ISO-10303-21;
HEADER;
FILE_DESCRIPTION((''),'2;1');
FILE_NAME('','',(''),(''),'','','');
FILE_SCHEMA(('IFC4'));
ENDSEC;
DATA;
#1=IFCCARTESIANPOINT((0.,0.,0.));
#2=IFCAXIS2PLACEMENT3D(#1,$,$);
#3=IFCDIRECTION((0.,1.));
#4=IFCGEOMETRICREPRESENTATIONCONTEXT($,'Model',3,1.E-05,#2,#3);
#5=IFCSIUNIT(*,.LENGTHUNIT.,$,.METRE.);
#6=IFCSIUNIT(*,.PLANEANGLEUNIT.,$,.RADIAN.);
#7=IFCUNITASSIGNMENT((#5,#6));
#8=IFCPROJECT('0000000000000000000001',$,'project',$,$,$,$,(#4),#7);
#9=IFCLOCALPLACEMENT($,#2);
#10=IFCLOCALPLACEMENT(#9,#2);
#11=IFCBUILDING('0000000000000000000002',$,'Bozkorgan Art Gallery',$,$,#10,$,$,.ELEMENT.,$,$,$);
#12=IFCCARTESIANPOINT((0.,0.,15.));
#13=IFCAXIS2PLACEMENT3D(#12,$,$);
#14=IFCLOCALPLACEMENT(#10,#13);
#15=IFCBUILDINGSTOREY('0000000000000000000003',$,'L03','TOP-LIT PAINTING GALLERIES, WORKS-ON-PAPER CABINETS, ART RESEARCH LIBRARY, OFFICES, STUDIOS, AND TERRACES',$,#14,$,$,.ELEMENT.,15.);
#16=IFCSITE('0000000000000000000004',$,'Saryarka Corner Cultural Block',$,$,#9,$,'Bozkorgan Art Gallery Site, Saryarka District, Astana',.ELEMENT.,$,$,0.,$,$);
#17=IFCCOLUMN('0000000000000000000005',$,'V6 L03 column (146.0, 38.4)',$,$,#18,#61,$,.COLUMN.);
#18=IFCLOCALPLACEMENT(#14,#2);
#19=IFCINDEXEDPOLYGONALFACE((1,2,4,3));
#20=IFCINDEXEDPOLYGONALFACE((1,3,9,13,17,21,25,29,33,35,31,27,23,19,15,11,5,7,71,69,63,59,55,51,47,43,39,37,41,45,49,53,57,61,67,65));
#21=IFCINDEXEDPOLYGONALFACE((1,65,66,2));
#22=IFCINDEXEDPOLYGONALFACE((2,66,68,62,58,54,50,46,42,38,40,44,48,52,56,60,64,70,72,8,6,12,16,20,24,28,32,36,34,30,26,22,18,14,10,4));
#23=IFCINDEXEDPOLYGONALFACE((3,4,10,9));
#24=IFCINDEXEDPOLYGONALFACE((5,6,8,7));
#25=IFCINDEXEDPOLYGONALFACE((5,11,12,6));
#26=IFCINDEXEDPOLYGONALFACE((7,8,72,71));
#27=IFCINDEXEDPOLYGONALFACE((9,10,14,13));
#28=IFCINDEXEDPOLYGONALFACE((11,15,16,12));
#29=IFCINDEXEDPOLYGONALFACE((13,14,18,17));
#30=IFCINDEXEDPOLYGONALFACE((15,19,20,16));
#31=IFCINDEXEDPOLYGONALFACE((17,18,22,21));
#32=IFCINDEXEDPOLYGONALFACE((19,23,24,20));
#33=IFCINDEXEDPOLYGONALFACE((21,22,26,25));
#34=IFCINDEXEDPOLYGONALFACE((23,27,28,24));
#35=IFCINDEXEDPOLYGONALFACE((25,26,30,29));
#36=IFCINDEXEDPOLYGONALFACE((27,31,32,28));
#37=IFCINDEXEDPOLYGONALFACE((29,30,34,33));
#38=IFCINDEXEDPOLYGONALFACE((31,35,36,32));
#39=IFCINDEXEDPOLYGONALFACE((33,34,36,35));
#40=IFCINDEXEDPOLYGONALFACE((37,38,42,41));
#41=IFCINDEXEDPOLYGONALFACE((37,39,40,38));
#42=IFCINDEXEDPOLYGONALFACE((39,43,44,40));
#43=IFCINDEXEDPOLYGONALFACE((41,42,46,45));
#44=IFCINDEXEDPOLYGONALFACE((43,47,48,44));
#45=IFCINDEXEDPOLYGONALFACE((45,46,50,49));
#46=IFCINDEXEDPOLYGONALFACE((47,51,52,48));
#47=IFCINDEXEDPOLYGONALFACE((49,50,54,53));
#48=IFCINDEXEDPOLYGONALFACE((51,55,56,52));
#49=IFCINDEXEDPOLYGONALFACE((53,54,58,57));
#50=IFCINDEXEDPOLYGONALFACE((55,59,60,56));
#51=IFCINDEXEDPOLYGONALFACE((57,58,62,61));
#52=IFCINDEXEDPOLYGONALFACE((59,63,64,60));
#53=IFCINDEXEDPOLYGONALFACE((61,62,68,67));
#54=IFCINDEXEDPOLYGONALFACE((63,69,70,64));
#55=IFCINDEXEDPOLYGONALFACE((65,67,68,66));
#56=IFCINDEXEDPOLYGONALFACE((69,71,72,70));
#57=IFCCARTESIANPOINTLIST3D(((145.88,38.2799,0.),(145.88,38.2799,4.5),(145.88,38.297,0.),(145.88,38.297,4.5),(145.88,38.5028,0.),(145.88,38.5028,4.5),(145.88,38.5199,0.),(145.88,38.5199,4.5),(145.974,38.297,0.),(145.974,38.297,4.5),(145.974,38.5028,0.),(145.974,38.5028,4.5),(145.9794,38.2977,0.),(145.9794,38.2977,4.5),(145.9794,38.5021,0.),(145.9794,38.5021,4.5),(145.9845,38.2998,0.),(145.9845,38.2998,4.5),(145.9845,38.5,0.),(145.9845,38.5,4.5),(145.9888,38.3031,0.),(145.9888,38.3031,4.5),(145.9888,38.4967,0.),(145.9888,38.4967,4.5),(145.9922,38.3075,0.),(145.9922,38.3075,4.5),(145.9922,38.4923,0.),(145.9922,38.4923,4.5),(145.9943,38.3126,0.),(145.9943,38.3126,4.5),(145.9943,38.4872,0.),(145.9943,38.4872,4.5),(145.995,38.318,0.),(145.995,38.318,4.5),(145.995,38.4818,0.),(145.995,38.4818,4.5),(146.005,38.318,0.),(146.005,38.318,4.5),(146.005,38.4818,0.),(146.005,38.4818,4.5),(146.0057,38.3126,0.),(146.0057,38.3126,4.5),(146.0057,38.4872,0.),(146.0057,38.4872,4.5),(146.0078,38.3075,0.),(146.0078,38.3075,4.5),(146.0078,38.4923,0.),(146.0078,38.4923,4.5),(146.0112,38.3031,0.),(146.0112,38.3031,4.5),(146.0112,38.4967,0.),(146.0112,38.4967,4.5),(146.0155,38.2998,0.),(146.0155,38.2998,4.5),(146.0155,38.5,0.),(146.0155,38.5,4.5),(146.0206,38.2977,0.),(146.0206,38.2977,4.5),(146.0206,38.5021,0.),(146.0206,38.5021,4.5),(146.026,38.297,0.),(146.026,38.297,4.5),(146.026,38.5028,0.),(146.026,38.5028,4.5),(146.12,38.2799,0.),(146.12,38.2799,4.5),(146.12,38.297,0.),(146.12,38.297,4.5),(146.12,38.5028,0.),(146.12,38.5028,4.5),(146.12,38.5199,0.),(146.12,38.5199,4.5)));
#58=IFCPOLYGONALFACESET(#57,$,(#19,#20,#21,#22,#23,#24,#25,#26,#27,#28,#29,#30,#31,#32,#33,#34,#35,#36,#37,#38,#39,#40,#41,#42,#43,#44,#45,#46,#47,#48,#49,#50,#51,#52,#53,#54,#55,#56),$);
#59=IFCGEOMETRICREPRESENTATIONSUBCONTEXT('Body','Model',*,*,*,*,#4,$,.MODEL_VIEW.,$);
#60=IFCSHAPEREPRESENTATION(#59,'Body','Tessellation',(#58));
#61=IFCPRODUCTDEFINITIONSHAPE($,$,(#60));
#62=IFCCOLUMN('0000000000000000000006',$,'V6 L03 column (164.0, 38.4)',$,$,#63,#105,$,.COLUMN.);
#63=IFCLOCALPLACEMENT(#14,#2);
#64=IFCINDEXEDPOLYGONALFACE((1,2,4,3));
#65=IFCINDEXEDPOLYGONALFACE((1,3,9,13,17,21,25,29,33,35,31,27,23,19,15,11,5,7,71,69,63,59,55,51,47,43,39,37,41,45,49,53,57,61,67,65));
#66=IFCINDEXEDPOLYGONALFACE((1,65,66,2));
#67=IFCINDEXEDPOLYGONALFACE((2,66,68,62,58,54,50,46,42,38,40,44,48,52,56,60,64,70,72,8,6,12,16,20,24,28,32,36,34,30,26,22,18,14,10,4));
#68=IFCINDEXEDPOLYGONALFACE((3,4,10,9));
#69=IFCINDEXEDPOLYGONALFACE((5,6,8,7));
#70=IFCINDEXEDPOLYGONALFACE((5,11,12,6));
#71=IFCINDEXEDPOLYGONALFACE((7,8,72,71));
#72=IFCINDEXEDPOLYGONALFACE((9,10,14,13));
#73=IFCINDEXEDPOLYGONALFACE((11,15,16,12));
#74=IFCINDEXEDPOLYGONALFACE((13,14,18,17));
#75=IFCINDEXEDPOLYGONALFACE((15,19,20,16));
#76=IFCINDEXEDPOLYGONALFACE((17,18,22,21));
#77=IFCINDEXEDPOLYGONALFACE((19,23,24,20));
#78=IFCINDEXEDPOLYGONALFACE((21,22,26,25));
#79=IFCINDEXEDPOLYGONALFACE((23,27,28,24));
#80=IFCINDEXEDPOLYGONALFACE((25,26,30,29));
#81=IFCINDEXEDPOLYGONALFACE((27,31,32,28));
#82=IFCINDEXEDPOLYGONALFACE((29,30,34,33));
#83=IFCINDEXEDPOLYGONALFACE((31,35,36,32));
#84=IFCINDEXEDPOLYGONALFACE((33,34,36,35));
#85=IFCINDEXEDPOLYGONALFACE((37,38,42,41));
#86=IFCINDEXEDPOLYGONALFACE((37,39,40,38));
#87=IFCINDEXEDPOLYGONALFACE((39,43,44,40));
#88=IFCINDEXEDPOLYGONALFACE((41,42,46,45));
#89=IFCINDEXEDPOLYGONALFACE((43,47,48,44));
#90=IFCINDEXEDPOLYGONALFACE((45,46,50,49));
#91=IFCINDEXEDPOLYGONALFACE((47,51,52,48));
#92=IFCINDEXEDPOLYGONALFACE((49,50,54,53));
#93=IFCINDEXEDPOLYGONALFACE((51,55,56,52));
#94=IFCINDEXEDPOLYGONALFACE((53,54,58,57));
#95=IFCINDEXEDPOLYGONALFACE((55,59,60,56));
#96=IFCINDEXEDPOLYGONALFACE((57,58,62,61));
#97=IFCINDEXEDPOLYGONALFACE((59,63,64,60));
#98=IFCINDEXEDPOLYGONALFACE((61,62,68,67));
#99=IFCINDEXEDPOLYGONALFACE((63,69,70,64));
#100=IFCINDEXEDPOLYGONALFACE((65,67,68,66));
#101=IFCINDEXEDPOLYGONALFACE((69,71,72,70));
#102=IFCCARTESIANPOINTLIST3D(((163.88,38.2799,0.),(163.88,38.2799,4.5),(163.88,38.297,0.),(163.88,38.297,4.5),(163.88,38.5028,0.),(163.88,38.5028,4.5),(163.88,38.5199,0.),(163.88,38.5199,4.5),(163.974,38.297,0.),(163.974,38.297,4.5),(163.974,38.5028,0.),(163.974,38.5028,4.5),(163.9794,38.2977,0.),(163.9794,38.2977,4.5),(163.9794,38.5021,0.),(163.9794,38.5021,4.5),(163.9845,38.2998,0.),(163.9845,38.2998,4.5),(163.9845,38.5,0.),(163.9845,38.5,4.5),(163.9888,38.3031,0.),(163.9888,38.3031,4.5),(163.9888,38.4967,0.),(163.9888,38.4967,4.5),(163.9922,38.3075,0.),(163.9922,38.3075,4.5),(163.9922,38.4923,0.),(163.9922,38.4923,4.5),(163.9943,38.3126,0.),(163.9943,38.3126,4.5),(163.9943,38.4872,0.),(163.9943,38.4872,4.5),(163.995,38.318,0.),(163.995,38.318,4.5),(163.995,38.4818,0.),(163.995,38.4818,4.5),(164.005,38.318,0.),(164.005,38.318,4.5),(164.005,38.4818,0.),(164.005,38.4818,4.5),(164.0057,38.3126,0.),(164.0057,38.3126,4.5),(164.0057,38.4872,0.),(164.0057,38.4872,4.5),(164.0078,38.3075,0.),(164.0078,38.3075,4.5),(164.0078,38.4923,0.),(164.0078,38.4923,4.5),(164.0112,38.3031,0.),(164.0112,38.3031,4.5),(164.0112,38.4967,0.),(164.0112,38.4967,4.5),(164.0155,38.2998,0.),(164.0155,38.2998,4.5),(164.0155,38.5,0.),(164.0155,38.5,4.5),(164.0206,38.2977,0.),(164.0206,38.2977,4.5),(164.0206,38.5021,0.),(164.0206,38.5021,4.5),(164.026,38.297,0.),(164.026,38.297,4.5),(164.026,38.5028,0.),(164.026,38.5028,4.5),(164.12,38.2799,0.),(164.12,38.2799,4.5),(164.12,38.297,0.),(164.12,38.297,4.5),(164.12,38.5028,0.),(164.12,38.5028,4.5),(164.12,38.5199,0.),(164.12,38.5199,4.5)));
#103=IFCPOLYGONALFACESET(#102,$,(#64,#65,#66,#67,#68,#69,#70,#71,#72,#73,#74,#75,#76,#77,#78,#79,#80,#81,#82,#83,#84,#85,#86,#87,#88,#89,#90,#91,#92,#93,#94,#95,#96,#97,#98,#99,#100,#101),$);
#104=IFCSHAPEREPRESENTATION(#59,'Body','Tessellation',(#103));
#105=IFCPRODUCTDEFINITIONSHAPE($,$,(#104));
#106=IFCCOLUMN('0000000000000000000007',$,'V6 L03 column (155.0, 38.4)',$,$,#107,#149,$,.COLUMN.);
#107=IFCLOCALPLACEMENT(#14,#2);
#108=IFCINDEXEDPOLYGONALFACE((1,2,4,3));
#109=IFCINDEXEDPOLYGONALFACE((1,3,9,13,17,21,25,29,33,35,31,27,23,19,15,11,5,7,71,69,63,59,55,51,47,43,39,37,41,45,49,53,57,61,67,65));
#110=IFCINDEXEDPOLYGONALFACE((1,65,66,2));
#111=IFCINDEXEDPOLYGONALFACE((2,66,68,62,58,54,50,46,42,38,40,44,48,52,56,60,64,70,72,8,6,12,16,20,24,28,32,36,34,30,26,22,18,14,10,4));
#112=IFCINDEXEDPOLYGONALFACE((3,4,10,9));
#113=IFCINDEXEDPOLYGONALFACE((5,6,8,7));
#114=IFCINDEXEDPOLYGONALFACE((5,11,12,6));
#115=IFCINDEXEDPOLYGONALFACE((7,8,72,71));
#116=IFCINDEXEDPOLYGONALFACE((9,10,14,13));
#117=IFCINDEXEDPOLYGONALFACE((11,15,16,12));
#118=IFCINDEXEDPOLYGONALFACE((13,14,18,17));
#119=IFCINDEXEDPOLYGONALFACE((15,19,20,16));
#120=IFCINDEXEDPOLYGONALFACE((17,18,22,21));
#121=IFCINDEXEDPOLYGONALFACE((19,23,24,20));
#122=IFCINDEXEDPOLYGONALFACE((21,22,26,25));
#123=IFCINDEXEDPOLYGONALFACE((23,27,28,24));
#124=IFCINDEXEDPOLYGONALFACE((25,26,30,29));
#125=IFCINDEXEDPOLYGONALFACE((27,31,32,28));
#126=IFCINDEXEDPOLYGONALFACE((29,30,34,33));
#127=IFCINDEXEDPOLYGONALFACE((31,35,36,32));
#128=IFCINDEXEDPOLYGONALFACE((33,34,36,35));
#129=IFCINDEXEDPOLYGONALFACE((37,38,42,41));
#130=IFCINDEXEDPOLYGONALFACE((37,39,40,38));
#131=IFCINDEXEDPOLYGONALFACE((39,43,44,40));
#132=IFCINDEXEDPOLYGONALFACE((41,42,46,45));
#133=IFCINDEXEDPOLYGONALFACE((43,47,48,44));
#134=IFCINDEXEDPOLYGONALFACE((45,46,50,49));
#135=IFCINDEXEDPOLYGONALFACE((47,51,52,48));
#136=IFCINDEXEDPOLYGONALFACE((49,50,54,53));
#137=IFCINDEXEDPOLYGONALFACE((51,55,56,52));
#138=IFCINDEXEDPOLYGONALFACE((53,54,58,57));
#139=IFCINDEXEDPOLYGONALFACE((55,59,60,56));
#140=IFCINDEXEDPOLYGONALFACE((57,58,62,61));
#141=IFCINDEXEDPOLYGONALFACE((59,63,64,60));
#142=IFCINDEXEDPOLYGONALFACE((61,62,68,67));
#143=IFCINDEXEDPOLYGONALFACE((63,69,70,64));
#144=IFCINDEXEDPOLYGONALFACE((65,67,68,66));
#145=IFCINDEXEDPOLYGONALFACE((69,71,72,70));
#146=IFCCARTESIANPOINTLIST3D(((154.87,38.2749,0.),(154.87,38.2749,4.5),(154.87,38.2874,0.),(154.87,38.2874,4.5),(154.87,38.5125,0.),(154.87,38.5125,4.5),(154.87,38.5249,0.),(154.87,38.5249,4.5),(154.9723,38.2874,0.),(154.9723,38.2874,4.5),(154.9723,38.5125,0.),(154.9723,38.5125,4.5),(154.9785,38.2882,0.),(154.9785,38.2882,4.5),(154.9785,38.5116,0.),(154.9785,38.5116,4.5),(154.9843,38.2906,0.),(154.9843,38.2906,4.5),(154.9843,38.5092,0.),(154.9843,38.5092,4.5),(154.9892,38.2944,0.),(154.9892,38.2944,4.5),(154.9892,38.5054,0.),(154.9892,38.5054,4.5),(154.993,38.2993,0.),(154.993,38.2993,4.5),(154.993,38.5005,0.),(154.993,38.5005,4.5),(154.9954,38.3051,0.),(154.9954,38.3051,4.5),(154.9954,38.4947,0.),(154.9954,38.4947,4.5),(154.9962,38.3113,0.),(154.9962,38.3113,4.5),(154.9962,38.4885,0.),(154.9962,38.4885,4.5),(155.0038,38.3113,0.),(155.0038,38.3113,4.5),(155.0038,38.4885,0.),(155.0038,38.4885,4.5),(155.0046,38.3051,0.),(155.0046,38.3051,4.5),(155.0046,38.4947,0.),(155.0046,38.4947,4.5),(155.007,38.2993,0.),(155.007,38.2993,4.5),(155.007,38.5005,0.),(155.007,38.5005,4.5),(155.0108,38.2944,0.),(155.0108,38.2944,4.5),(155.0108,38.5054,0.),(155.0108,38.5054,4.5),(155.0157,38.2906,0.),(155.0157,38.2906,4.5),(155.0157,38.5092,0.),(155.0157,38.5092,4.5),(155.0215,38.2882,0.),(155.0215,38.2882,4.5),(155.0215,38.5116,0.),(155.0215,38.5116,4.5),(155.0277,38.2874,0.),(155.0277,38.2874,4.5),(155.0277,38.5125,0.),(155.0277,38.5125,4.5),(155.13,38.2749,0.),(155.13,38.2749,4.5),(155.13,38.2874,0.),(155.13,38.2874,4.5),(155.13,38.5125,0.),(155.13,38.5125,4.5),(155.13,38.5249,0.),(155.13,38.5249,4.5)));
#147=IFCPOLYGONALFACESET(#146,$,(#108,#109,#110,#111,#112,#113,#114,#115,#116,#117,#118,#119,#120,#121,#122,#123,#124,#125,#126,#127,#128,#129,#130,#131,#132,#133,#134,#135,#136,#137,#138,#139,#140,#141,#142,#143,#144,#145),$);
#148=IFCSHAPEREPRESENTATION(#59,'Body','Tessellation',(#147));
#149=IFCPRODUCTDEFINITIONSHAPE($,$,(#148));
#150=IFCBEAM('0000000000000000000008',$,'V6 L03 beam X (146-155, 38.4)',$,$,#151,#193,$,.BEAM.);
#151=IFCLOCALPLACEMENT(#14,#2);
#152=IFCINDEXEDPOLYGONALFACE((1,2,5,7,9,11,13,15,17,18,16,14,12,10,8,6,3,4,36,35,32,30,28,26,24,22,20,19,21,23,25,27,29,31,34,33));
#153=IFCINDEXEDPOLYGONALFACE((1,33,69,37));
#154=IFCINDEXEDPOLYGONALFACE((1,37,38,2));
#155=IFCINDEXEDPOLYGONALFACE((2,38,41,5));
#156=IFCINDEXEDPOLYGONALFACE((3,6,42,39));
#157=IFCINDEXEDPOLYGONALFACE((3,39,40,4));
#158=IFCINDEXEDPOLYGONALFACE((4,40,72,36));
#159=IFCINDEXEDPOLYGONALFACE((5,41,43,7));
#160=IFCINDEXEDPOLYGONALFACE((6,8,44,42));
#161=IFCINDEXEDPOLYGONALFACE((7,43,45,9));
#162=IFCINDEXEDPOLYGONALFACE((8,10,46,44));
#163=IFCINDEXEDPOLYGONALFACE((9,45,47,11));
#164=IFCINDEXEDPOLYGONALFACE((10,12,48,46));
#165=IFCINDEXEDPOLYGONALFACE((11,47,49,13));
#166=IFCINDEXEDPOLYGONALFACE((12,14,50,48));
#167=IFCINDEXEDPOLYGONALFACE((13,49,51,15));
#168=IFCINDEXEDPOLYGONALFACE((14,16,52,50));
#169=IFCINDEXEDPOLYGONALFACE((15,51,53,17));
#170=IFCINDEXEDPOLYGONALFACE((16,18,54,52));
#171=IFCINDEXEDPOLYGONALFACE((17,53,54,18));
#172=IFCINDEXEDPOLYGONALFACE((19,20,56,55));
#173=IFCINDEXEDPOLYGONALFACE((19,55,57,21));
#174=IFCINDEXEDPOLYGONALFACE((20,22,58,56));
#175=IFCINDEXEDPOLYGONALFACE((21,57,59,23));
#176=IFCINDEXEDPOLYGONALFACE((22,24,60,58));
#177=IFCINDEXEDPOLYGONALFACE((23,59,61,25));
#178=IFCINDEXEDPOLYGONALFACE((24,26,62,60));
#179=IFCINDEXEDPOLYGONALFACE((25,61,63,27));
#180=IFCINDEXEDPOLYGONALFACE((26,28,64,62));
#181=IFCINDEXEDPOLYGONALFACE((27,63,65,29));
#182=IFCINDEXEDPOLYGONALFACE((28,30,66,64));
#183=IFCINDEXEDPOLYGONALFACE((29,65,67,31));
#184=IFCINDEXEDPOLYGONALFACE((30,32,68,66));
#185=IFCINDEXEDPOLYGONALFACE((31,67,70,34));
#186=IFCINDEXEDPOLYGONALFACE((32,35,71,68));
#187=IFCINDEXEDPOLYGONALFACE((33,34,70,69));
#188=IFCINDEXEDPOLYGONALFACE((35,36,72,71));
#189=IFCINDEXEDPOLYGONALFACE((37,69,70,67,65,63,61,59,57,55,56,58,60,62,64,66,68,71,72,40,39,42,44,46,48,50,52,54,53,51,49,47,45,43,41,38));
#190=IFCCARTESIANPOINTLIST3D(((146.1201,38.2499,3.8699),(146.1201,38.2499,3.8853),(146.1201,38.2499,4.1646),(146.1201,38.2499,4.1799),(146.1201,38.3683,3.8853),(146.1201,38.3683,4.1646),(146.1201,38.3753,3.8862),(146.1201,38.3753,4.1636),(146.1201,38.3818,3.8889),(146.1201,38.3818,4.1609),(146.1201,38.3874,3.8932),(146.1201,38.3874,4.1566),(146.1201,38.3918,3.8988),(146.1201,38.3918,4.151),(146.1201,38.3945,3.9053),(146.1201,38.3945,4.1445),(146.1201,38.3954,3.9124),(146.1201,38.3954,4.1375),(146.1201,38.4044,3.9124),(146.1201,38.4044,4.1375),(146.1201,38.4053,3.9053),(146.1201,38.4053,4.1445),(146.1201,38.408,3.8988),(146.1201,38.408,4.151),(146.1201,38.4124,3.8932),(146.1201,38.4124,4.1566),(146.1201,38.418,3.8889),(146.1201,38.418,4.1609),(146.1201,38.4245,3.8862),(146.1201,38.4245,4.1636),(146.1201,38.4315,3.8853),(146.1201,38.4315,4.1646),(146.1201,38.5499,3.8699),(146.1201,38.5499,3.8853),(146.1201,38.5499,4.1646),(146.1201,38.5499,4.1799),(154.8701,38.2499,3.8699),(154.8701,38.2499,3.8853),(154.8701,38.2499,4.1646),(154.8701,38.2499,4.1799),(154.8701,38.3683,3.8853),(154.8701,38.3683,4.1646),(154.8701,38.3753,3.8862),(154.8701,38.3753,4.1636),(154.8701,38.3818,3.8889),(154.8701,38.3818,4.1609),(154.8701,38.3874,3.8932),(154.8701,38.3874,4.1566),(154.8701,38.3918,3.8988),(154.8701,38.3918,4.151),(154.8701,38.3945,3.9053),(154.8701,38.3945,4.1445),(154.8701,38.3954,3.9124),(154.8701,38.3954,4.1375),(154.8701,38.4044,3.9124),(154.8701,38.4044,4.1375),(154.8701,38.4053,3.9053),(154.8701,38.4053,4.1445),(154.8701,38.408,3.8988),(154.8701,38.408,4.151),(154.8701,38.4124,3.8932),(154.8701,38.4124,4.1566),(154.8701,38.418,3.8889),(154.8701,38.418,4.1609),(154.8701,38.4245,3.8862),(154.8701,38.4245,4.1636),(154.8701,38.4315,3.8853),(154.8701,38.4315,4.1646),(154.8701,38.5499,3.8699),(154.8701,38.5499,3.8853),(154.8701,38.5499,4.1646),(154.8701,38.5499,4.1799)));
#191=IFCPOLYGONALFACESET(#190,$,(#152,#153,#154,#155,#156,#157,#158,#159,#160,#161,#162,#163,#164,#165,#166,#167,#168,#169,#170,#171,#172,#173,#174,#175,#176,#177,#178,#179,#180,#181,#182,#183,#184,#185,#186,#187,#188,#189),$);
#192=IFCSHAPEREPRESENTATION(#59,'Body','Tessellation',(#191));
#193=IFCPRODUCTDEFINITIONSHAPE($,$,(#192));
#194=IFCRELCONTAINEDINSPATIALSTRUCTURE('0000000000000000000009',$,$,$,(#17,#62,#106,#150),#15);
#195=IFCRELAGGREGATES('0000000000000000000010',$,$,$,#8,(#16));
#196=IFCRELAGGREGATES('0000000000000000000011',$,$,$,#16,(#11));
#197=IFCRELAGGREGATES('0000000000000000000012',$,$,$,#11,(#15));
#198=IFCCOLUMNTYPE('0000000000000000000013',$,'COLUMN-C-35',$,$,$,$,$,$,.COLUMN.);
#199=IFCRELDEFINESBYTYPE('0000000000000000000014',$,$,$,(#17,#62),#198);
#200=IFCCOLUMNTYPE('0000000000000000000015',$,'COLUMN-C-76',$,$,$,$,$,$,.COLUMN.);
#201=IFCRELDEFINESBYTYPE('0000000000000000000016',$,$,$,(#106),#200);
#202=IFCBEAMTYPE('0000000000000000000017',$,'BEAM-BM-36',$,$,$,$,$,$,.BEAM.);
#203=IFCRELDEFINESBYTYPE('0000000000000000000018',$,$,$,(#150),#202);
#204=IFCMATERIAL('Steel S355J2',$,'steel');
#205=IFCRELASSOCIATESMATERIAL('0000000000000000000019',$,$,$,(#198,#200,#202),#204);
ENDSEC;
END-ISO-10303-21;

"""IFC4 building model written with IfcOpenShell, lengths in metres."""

from ifc_helpers import new_model, si_unit, direction, frame, origin, origin_2d, place, context, subcontext, project, spatial, i_section, extrude, material, material_profile, profile_set, type_object, element, save


model = new_model("IFC4")

# Units and contexts
model_context = context("Model", 3, precision=1e-05, world=origin(), true_north=direction((0.0, 1.0)))
body_context = subcontext(model_context, "Body", "Model", "MODEL_VIEW")
ifc_project = project(units=[si_unit("LENGTHUNIT", "METRE"), si_unit("PLANEANGLEUNIT", "RADIAN")], contexts=[model_context])

# Site, building, storey
site_placement = place(None, origin())
site = spatial("IfcSite", under=ifc_project, at=site_placement, Name="Saryarka Corner Cultural Block", LongName="Bozkorgan Art Gallery Site, Saryarka District, Astana", CompositionType="ELEMENT", RefElevation=0.0)
building_placement = place(site_placement, origin())
building = spatial("IfcBuilding", under=site, at=building_placement, Name="Bozkorgan Art Gallery", CompositionType="ELEMENT")
storey_placement = place(building_placement, frame((0.0, 0.0, 15.0)))
storey = spatial("IfcBuildingStorey", under=building, at=storey_placement, Name="L03", Description="TOP-LIT PAINTING GALLERIES, WORKS-ON-PAPER CABINETS, ART RESEARCH LIBRARY, OFFICES, STUDIOS, AND TERRACES", CompositionType="ELEMENT", Elevation=15.0)

# Columns
ifc_material_1 = material(Name="Steel S355J2", Category="steel")
ifc_material_profile_1 = material_profile(ifc_material_1, i_section(OverallWidth=0.24, OverallDepth=0.24, WebThickness=0.01, FlangeThickness=0.0171, FilletRadius=0.021, at=origin_2d()), Name="HEB 240")
ifc_profile_set_1 = profile_set([ifc_material_profile_1], Name="Steel S355J2")
column_type_1 = type_object("IfcColumnType", Name="COLUMN-C-35", PredefinedType="COLUMN", material=ifc_profile_set_1)
for number, where, z_axis, x_axis, name in (
    (1, (146.0, 38.3999, 0.0), (0.0, 0.0, 1.0), (1.0, 0.0, 0.0), "V6 L03 column (146.0, 38.4)"),
    (2, (164.0, 38.3999, 0.0), (0.0, 0.0, 1.0), (1.0, 0.0, 0.0), "V6 L03 column (164.0, 38.4)"),
):
    element("IfcColumn", number, at=place(storey_placement, frame(where, z_axis=z_axis, x_axis=x_axis)), inside=storey, type_object=column_type_1, Name=name, PredefinedType="COLUMN", context=body_context, shape_type="SweptSolid", body=[
        extrude(i_section(OverallWidth=0.24, OverallDepth=0.24, WebThickness=0.01, FlangeThickness=0.0171, FilletRadius=0.021, at=origin_2d()), origin(), (0.0, 0.0, 1.0), 4.5),
    ])
ifc_material_profile_2 = material_profile(ifc_material_1, i_section(OverallWidth=0.26, OverallDepth=0.25, WebThickness=0.0076, FlangeThickness=0.0125, FilletRadius=0.0239, at=origin_2d()), Name="HEA 260")
ifc_profile_set_2 = profile_set([ifc_material_profile_2], Name="Steel S355J2")
column_type_2 = type_object("IfcColumnType", Name="COLUMN-C-76", PredefinedType="COLUMN", material=ifc_profile_set_2)
column_placement = place(storey_placement, frame((155.0, 38.3999, 0.0), z_axis=(0.0, 0.0, 1.0), x_axis=(1.0, 0.0, 0.0)))
element("IfcColumn", 3, at=column_placement, inside=storey, type_object=column_type_2, Name="V6 L03 column (155.0, 38.4)", PredefinedType="COLUMN", context=body_context, shape_type="SweptSolid", body=[
    extrude(i_section(OverallWidth=0.26, OverallDepth=0.25, WebThickness=0.0076, FlangeThickness=0.0125, FilletRadius=0.0239, at=origin_2d()), origin(), (0.0, 0.0, 1.0), 4.5),
])

# Beam
ifc_material_profile_3 = material_profile(ifc_material_1, i_section(OverallWidth=0.3, OverallDepth=0.3101, WebThickness=0.009, FlangeThickness=0.0154, FilletRadius=0.0271, at=origin_2d()), Name="HEA 320")
ifc_profile_set_3 = profile_set([ifc_material_profile_3], Name="Steel S355J2")
beam_type = type_object("IfcBeamType", Name="BEAM-BM-36", PredefinedType="BEAM", material=ifc_profile_set_3)
for number, where, z_axis, x_axis, name in (
    (4, (146.1201, 38.3999, 4.0249), (1.0, 0.0, 0.0), (0.0, 1.0, 0.0), "V6 L03 beam X (146-155, 38.4)"),
):
    element("IfcBeam", number, at=place(storey_placement, frame(where, z_axis=z_axis, x_axis=x_axis)), inside=storey, type_object=beam_type, Name=name, PredefinedType="BEAM", context=body_context, shape_type="SweptSolid", body=[
        extrude(i_section(OverallWidth=0.3, OverallDepth=0.3101, WebThickness=0.009, FlangeThickness=0.0154, FilletRadius=0.0271, at=origin_2d()), origin(), (0.0, 0.0, 1.0), 8.75),
    ])

save(model, "model.ifc")
